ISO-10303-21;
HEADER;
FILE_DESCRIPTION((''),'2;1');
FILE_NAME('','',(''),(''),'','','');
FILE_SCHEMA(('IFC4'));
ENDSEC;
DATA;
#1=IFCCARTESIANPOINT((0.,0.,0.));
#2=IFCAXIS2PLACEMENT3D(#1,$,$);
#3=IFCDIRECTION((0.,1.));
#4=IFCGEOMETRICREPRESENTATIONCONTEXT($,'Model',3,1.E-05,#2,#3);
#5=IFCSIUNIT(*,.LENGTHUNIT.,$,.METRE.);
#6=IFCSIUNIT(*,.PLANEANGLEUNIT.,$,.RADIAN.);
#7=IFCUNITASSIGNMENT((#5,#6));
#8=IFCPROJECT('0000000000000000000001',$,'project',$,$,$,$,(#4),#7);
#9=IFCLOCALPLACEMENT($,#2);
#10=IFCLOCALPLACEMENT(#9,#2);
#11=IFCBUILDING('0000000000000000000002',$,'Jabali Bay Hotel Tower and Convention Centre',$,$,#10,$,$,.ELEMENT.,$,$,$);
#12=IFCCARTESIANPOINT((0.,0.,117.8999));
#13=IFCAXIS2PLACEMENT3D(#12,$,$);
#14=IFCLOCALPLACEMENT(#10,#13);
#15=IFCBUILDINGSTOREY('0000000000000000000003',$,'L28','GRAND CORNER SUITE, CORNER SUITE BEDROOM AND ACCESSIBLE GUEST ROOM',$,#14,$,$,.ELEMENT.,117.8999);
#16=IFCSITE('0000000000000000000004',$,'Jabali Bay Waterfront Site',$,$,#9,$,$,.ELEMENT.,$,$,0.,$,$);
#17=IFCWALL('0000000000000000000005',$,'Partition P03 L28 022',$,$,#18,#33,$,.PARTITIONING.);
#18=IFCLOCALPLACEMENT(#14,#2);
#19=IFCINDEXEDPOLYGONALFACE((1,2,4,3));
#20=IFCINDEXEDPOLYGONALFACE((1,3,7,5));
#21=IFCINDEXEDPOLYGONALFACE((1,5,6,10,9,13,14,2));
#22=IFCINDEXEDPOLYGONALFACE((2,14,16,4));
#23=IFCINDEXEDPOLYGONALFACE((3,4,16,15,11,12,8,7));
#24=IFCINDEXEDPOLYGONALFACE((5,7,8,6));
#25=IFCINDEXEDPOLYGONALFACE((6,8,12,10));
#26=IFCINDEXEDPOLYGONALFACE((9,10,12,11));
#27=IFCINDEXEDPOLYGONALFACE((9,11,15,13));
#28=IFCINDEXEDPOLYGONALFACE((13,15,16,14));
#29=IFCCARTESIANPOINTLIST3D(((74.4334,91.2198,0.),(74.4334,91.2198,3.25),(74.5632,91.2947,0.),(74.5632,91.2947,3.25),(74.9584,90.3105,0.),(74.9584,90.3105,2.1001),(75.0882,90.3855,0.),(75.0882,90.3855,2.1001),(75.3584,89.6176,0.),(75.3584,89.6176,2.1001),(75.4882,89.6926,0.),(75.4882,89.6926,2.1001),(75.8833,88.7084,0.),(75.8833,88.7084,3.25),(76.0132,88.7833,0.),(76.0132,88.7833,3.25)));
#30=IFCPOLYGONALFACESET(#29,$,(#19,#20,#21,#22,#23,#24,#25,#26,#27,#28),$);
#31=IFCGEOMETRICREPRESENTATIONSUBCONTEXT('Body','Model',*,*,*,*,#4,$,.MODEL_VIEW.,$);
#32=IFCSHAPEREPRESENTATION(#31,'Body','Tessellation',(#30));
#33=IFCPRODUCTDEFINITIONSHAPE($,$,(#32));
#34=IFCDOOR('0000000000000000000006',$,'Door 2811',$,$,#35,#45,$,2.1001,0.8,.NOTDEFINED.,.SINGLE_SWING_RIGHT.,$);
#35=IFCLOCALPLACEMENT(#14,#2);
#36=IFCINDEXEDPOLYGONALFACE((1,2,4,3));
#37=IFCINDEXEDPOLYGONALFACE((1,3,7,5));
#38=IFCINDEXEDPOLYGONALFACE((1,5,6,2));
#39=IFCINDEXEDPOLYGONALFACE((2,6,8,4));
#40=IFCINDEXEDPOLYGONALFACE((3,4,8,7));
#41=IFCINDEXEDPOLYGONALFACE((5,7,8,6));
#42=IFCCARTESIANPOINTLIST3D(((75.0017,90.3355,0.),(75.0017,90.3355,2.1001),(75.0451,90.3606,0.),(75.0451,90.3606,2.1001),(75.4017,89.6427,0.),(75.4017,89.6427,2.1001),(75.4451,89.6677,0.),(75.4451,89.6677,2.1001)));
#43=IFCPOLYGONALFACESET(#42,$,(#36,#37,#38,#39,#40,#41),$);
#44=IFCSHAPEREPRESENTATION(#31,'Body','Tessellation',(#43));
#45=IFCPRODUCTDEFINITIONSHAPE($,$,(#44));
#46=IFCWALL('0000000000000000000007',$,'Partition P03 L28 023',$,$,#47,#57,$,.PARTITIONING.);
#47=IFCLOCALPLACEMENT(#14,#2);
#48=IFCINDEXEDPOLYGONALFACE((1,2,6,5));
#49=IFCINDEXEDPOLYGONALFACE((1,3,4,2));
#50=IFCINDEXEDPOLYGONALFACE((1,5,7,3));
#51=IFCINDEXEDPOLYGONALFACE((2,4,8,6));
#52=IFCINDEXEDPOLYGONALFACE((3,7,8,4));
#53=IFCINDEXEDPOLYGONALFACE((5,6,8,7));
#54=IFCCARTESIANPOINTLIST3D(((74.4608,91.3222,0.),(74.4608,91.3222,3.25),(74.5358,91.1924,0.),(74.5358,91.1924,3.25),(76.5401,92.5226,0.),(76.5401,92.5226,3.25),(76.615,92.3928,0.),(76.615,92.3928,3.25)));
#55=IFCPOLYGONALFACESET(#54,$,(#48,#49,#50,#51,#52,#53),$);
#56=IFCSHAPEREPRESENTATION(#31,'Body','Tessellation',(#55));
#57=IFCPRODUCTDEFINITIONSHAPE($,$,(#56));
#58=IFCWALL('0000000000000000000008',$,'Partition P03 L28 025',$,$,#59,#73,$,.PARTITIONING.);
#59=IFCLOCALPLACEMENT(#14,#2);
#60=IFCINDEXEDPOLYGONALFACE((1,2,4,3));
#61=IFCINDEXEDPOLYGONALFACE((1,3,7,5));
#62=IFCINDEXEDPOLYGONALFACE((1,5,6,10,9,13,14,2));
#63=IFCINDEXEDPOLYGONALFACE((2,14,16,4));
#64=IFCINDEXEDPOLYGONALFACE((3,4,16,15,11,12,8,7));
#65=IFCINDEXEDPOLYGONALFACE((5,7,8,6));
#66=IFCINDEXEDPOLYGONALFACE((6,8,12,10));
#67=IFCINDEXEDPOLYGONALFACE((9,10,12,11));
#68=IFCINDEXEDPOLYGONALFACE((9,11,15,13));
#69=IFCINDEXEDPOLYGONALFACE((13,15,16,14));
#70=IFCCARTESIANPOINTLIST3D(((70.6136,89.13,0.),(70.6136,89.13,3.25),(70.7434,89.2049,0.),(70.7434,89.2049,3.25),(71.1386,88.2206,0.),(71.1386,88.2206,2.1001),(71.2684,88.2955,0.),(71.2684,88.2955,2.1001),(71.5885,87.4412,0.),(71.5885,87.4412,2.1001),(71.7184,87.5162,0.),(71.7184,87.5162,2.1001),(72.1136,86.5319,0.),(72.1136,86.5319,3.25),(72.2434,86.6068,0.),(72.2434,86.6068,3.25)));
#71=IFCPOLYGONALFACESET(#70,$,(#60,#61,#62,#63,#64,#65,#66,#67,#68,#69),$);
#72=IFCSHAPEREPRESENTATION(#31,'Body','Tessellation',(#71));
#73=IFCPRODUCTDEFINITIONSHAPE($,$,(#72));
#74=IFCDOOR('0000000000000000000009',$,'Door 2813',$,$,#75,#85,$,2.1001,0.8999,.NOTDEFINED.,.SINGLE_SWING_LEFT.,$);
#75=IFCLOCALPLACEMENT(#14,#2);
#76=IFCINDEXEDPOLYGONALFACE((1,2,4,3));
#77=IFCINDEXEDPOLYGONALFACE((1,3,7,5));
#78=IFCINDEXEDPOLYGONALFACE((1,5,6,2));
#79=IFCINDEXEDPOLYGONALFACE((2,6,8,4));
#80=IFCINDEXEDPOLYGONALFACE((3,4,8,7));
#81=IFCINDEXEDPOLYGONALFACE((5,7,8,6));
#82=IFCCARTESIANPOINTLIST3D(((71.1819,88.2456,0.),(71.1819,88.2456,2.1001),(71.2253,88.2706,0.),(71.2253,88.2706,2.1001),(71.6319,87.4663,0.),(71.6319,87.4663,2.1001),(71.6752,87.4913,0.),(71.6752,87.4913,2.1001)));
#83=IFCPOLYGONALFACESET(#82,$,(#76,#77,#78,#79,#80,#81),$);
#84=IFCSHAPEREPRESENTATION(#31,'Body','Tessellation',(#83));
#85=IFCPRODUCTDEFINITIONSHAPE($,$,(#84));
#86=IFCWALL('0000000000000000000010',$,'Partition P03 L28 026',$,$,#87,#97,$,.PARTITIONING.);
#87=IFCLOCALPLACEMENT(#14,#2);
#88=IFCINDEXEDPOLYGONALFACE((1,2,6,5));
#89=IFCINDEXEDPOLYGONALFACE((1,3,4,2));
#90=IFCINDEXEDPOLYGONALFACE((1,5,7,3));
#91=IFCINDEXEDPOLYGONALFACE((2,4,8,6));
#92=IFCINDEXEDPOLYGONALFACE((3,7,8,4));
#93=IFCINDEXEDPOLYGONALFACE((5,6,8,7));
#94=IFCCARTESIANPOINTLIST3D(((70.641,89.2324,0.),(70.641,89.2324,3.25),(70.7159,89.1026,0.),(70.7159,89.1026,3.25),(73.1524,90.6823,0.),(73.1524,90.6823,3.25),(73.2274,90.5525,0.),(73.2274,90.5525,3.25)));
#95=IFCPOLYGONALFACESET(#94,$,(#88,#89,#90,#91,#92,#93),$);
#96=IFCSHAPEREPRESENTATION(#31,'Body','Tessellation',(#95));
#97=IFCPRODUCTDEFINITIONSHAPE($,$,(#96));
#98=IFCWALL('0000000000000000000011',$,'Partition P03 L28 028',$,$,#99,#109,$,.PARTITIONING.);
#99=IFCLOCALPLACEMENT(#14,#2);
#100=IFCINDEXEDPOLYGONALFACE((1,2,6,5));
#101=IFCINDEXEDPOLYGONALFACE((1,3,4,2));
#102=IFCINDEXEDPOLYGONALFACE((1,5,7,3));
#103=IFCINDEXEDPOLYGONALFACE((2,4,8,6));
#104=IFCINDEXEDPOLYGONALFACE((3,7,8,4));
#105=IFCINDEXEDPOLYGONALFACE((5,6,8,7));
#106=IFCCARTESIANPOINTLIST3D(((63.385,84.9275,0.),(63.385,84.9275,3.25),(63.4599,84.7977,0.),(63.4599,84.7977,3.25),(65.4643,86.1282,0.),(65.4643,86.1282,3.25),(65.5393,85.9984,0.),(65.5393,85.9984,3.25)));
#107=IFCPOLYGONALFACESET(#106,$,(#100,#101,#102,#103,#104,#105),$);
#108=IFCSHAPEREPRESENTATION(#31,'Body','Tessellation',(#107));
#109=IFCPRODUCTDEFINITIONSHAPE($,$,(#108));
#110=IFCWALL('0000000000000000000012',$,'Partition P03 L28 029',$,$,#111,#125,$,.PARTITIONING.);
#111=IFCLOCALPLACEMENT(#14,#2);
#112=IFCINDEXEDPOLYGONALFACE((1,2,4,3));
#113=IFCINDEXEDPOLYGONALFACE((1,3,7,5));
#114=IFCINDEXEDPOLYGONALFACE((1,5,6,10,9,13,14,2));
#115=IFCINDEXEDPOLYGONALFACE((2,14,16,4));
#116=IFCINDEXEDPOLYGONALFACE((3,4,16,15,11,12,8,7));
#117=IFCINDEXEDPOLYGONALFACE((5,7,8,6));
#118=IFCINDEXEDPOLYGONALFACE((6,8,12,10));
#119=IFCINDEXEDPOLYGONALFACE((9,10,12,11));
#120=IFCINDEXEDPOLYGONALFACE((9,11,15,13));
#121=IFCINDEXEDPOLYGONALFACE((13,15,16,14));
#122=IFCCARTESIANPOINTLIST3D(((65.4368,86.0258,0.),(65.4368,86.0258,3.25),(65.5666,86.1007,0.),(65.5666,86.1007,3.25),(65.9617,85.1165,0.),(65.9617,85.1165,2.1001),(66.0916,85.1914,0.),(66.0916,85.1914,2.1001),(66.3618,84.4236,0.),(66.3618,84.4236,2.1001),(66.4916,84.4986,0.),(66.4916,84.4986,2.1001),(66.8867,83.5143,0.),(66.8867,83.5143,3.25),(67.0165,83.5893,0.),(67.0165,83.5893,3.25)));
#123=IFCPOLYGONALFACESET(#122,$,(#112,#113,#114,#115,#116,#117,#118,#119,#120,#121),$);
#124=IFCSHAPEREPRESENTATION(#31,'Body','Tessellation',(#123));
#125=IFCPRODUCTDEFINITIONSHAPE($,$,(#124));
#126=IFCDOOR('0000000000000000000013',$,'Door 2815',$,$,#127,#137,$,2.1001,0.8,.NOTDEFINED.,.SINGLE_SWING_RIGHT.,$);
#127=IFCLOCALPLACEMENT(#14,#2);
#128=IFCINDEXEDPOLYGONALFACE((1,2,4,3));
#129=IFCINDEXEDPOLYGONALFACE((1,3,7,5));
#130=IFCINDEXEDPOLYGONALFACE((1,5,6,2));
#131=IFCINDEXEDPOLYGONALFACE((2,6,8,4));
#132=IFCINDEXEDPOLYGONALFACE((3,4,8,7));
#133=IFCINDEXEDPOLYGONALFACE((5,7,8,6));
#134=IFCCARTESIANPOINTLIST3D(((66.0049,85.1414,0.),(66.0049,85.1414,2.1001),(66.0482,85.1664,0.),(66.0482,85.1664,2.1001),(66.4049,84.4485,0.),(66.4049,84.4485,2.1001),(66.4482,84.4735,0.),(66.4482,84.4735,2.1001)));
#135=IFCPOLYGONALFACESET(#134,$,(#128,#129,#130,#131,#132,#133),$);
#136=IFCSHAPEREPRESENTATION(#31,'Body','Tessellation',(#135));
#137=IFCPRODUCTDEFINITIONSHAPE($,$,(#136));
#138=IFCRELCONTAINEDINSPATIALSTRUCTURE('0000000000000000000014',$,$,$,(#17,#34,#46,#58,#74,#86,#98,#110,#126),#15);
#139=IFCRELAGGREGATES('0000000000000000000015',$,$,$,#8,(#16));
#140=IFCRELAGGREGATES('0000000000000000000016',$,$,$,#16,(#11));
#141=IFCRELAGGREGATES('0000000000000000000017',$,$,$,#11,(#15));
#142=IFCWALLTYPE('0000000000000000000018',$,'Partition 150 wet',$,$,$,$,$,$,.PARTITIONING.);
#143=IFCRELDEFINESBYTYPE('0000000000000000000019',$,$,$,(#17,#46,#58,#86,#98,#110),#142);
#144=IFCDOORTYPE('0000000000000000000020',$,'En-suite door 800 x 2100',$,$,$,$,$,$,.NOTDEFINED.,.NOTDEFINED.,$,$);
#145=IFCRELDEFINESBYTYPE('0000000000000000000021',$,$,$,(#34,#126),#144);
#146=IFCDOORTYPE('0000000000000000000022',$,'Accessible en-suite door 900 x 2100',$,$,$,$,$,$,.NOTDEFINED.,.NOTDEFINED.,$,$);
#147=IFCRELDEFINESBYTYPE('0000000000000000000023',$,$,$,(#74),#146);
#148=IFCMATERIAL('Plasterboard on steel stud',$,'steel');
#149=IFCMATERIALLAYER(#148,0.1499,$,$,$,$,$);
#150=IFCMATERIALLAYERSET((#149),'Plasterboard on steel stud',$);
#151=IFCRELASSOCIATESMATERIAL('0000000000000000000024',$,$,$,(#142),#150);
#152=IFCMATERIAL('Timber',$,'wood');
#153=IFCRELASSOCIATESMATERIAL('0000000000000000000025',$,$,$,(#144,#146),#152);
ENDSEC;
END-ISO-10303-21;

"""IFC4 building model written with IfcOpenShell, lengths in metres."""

from ifc_helpers import new_model, si_unit, direction, frame, frame_2d, origin, place, context, subcontext, project, spatial, rectangle, extrude, material, layer, layer_set, type_object, element, fill, save


model = new_model("IFC4")

# Units and contexts
model_context = context("Model", 3, precision=1e-05, world=origin(), true_north=direction((0.0, 1.0)))
body_context = subcontext(model_context, "Body", "Model", "MODEL_VIEW")
ifc_project = project(units=[si_unit("LENGTHUNIT", "METRE"), si_unit("PLANEANGLEUNIT", "RADIAN")], contexts=[model_context])

# Site, building, storey
site_placement = place(None, origin())
site = spatial("IfcSite", under=ifc_project, at=site_placement, Name="Jabali Bay Waterfront Site", CompositionType="ELEMENT", RefElevation=0.0)
building_placement = place(site_placement, origin())
building = spatial("IfcBuilding", under=site, at=building_placement, Name="Jabali Bay Hotel Tower and Convention Centre", CompositionType="ELEMENT")
storey_placement = place(building_placement, frame((0.0, 0.0, 117.8999)))
storey = spatial("IfcBuildingStorey", under=building, at=storey_placement, Name="L28", Description="GRAND CORNER SUITE, CORNER SUITE BEDROOM AND ACCESSIBLE GUEST ROOM", CompositionType="ELEMENT", Elevation=117.8999)

# Shared definitions
ifc_material_1 = material(Name="Timber", Category="wood")

# Wall, opening, door
ifc_material_2 = material(Name="Plasterboard on steel stud", Category="steel")
ifc_layer_1 = layer(ifc_material_2, 0.1499)
ifc_layer_set_1 = layer_set([ifc_layer_1], Name="Plasterboard on steel stud")
wall_type_1 = type_object("IfcWallType", Name="Partition 150 wet", PredefinedType="PARTITIONING", material=ifc_layer_set_1)
wall_1_placement = place(storey_placement, frame((75.9482, 88.7458, 0.0), z_axis=(0.0, 0.0, 1.0), x_axis=(-0.499987, 0.866033, 0.0)))
wall_1 = element("IfcWall", 1, at=wall_1_placement, inside=storey, type_object=wall_type_1, Name="Partition P03 L28 022", PredefinedType="PARTITIONING", context=body_context, shape_type="SweptSolid", body=[
    extrude(rectangle(XDim=2.8999, YDim=0.1499, at=frame_2d((1.45, 0.0))), origin(), (0.0, 0.0, 1.0), 3.25),
])
opening_1_placement = place(wall_1_placement, frame((1.05, 0.0, 0.0)))
opening_1 = element("IfcOpeningElement", 2, at=opening_1_placement, cuts=wall_1, PredefinedType="OPENING", context=body_context, shape_type="SweptSolid", body=[
    extrude(rectangle(XDim=0.8, YDim=2.1001, at=frame_2d((0.3999, 1.05))), frame((0.0, 0.0854, 0.0), z_axis=(0.0, -1.0, 0.0), x_axis=(1.0, 0.0, 0.0)), (0.0, 0.0, 1.0), 0.1709),
])
door_type_1 = type_object("IfcDoorType", Name="En-suite door 800 x 2100", OperationType="NOTDEFINED", PredefinedType="NOTDEFINED", material=ifc_material_1)
door_1_placement = place(opening_1_placement, origin())
door_1 = element("IfcDoor", 3, at=door_1_placement, inside=storey, type_object=door_type_1, Name="Door 2811", OperationType="SINGLE_SWING_RIGHT", OverallHeight=2.1001, OverallWidth=0.8, PredefinedType="NOTDEFINED", context=body_context, shape_type="SweptSolid", body=[
    extrude(rectangle(XDim=0.8, YDim=2.1001, at=frame_2d((0.3999, 1.05))), frame((0.0, 0.0249, 0.0), z_axis=(0.0, -1.0, 0.0), x_axis=(1.0, 0.0, 0.0)), (0.0, 0.0, 1.0), 0.05),
])
fill(opening_1, door_1)

# Wall
wall_2_placement = place(storey_placement, frame((74.4983, 91.2573, 0.0), z_axis=(0.0, 0.0, 1.0), x_axis=(0.866038, 0.499978, 0.0)))
element("IfcWall", 4, at=wall_2_placement, inside=storey, type_object=wall_type_1, Name="Partition P03 L28 023", PredefinedType="PARTITIONING", context=body_context, shape_type="SweptSolid", body=[
    extrude(rectangle(XDim=2.4009, YDim=0.1499, at=frame_2d((1.2004, 0.0))), origin(), (0.0, 0.0, 1.0), 3.25),
])

# Wall, opening, door
wall_3_placement = place(storey_placement, frame((72.1785, 86.5693, 0.0), z_axis=(0.0, 0.0, 1.0), x_axis=(-0.49999, 0.866031, 0.0)))
wall_3 = element("IfcWall", 5, at=wall_3_placement, inside=storey, type_object=wall_type_1, Name="Partition P03 L28 025", PredefinedType="PARTITIONING", context=body_context, shape_type="SweptSolid", body=[
    extrude(rectangle(XDim=3.0, YDim=0.1499, at=frame_2d((1.5, 0.0))), origin(), (0.0, 0.0, 1.0), 3.25),
])
opening_2_placement = place(wall_3_placement, frame((1.05, 0.0, 0.0)))
opening_2 = element("IfcOpeningElement", 6, at=opening_2_placement, cuts=wall_3, PredefinedType="OPENING", context=body_context, shape_type="SweptSolid", body=[
    extrude(rectangle(XDim=0.8999, YDim=2.1001, at=frame_2d((0.45, 1.05))), frame((0.0, 0.0854, 0.0), z_axis=(0.0, -1.0, 0.0), x_axis=(1.0, 0.0, 0.0)), (0.0, 0.0, 1.0), 0.1709),
])
door_type_2 = type_object("IfcDoorType", Name="Accessible en-suite door 900 x 2100", OperationType="NOTDEFINED", PredefinedType="NOTDEFINED", material=ifc_material_1)
door_2_placement = place(opening_2_placement, origin())
door_2 = element("IfcDoor", 7, at=door_2_placement, inside=storey, type_object=door_type_2, Name="Door 2813", OperationType="SINGLE_SWING_LEFT", OverallHeight=2.1001, OverallWidth=0.8999, PredefinedType="NOTDEFINED", context=body_context, shape_type="SweptSolid", body=[
    extrude(rectangle(XDim=0.8999, YDim=2.1001, at=frame_2d((0.45, 1.05))), frame((0.0, 0.0249, 0.0), z_axis=(0.0, -1.0, 0.0), x_axis=(1.0, 0.0, 0.0)), (0.0, 0.0, 1.0), 0.05),
])
fill(opening_2, door_2)

# Walls
wall_4_placement = place(storey_placement, frame((70.6785, 89.1675, 0.0), z_axis=(0.0, 0.0, 1.0), x_axis=(0.866033, 0.499987, 0.0)))
element("IfcWall", 8, at=wall_4_placement, inside=storey, type_object=wall_type_1, Name="Partition P03 L28 026", PredefinedType="PARTITIONING", context=body_context, shape_type="SweptSolid", body=[
    extrude(rectangle(XDim=2.8999, YDim=0.1499, at=frame_2d((1.45, 0.0))), origin(), (0.0, 0.0, 1.0), 3.25),
])
wall_5_placement = place(storey_placement, frame((63.4224, 84.8625, 0.0), z_axis=(0.0, 0.0, 1.0), x_axis=(0.865994, 0.500054, 0.0)))
element("IfcWall", 9, at=wall_5_placement, inside=storey, type_object=wall_type_1, Name="Partition P03 L28 028", PredefinedType="PARTITIONING", context=body_context, shape_type="SweptSolid", body=[
    extrude(rectangle(XDim=2.4011, YDim=0.1499, at=frame_2d((1.2007, 0.0))), origin(), (0.0, 0.0, 1.0), 3.25),
])

# Wall, opening, door
wall_6_placement = place(storey_placement, frame((65.5017, 86.0632, 0.0), z_axis=(0.0, 0.0, 1.0), x_axis=(0.499987, -0.866033, 0.0)))
wall_6 = element("IfcWall", 10, at=wall_6_placement, inside=storey, type_object=wall_type_1, Name="Partition P03 L28 029", PredefinedType="PARTITIONING", context=body_context, shape_type="SweptSolid", body=[
    extrude(rectangle(XDim=2.8999, YDim=0.1499, at=frame_2d((1.45, 0.0))), origin(), (0.0, 0.0, 1.0), 3.25),
])
opening_3_placement = place(wall_6_placement, frame((1.05, 0.0, 0.0)))
opening_3 = element("IfcOpeningElement", 11, at=opening_3_placement, cuts=wall_6, PredefinedType="OPENING", context=body_context, shape_type="SweptSolid", body=[
    extrude(rectangle(XDim=0.8, YDim=2.1001, at=frame_2d((0.3999, 1.05))), frame((0.0, 0.0854, 0.0), z_axis=(0.0, -1.0, 0.0), x_axis=(1.0, 0.0, 0.0)), (0.0, 0.0, 1.0), 0.1709),
])
door_3_placement = place(opening_3_placement, origin())
door_3 = element("IfcDoor", 12, at=door_3_placement, inside=storey, type_object=door_type_1, Name="Door 2815", OperationType="SINGLE_SWING_RIGHT", OverallHeight=2.1001, OverallWidth=0.8, PredefinedType="NOTDEFINED", context=body_context, shape_type="SweptSolid", body=[
    extrude(rectangle(XDim=0.8, YDim=2.1001, at=frame_2d((0.3999, 1.05))), frame((0.0, 0.0249, 0.0), z_axis=(0.0, -1.0, 0.0), x_axis=(1.0, 0.0, 0.0)), (0.0, 0.0, 1.0), 0.05),
])
fill(opening_3, door_3)

save(model, "model.ifc")
